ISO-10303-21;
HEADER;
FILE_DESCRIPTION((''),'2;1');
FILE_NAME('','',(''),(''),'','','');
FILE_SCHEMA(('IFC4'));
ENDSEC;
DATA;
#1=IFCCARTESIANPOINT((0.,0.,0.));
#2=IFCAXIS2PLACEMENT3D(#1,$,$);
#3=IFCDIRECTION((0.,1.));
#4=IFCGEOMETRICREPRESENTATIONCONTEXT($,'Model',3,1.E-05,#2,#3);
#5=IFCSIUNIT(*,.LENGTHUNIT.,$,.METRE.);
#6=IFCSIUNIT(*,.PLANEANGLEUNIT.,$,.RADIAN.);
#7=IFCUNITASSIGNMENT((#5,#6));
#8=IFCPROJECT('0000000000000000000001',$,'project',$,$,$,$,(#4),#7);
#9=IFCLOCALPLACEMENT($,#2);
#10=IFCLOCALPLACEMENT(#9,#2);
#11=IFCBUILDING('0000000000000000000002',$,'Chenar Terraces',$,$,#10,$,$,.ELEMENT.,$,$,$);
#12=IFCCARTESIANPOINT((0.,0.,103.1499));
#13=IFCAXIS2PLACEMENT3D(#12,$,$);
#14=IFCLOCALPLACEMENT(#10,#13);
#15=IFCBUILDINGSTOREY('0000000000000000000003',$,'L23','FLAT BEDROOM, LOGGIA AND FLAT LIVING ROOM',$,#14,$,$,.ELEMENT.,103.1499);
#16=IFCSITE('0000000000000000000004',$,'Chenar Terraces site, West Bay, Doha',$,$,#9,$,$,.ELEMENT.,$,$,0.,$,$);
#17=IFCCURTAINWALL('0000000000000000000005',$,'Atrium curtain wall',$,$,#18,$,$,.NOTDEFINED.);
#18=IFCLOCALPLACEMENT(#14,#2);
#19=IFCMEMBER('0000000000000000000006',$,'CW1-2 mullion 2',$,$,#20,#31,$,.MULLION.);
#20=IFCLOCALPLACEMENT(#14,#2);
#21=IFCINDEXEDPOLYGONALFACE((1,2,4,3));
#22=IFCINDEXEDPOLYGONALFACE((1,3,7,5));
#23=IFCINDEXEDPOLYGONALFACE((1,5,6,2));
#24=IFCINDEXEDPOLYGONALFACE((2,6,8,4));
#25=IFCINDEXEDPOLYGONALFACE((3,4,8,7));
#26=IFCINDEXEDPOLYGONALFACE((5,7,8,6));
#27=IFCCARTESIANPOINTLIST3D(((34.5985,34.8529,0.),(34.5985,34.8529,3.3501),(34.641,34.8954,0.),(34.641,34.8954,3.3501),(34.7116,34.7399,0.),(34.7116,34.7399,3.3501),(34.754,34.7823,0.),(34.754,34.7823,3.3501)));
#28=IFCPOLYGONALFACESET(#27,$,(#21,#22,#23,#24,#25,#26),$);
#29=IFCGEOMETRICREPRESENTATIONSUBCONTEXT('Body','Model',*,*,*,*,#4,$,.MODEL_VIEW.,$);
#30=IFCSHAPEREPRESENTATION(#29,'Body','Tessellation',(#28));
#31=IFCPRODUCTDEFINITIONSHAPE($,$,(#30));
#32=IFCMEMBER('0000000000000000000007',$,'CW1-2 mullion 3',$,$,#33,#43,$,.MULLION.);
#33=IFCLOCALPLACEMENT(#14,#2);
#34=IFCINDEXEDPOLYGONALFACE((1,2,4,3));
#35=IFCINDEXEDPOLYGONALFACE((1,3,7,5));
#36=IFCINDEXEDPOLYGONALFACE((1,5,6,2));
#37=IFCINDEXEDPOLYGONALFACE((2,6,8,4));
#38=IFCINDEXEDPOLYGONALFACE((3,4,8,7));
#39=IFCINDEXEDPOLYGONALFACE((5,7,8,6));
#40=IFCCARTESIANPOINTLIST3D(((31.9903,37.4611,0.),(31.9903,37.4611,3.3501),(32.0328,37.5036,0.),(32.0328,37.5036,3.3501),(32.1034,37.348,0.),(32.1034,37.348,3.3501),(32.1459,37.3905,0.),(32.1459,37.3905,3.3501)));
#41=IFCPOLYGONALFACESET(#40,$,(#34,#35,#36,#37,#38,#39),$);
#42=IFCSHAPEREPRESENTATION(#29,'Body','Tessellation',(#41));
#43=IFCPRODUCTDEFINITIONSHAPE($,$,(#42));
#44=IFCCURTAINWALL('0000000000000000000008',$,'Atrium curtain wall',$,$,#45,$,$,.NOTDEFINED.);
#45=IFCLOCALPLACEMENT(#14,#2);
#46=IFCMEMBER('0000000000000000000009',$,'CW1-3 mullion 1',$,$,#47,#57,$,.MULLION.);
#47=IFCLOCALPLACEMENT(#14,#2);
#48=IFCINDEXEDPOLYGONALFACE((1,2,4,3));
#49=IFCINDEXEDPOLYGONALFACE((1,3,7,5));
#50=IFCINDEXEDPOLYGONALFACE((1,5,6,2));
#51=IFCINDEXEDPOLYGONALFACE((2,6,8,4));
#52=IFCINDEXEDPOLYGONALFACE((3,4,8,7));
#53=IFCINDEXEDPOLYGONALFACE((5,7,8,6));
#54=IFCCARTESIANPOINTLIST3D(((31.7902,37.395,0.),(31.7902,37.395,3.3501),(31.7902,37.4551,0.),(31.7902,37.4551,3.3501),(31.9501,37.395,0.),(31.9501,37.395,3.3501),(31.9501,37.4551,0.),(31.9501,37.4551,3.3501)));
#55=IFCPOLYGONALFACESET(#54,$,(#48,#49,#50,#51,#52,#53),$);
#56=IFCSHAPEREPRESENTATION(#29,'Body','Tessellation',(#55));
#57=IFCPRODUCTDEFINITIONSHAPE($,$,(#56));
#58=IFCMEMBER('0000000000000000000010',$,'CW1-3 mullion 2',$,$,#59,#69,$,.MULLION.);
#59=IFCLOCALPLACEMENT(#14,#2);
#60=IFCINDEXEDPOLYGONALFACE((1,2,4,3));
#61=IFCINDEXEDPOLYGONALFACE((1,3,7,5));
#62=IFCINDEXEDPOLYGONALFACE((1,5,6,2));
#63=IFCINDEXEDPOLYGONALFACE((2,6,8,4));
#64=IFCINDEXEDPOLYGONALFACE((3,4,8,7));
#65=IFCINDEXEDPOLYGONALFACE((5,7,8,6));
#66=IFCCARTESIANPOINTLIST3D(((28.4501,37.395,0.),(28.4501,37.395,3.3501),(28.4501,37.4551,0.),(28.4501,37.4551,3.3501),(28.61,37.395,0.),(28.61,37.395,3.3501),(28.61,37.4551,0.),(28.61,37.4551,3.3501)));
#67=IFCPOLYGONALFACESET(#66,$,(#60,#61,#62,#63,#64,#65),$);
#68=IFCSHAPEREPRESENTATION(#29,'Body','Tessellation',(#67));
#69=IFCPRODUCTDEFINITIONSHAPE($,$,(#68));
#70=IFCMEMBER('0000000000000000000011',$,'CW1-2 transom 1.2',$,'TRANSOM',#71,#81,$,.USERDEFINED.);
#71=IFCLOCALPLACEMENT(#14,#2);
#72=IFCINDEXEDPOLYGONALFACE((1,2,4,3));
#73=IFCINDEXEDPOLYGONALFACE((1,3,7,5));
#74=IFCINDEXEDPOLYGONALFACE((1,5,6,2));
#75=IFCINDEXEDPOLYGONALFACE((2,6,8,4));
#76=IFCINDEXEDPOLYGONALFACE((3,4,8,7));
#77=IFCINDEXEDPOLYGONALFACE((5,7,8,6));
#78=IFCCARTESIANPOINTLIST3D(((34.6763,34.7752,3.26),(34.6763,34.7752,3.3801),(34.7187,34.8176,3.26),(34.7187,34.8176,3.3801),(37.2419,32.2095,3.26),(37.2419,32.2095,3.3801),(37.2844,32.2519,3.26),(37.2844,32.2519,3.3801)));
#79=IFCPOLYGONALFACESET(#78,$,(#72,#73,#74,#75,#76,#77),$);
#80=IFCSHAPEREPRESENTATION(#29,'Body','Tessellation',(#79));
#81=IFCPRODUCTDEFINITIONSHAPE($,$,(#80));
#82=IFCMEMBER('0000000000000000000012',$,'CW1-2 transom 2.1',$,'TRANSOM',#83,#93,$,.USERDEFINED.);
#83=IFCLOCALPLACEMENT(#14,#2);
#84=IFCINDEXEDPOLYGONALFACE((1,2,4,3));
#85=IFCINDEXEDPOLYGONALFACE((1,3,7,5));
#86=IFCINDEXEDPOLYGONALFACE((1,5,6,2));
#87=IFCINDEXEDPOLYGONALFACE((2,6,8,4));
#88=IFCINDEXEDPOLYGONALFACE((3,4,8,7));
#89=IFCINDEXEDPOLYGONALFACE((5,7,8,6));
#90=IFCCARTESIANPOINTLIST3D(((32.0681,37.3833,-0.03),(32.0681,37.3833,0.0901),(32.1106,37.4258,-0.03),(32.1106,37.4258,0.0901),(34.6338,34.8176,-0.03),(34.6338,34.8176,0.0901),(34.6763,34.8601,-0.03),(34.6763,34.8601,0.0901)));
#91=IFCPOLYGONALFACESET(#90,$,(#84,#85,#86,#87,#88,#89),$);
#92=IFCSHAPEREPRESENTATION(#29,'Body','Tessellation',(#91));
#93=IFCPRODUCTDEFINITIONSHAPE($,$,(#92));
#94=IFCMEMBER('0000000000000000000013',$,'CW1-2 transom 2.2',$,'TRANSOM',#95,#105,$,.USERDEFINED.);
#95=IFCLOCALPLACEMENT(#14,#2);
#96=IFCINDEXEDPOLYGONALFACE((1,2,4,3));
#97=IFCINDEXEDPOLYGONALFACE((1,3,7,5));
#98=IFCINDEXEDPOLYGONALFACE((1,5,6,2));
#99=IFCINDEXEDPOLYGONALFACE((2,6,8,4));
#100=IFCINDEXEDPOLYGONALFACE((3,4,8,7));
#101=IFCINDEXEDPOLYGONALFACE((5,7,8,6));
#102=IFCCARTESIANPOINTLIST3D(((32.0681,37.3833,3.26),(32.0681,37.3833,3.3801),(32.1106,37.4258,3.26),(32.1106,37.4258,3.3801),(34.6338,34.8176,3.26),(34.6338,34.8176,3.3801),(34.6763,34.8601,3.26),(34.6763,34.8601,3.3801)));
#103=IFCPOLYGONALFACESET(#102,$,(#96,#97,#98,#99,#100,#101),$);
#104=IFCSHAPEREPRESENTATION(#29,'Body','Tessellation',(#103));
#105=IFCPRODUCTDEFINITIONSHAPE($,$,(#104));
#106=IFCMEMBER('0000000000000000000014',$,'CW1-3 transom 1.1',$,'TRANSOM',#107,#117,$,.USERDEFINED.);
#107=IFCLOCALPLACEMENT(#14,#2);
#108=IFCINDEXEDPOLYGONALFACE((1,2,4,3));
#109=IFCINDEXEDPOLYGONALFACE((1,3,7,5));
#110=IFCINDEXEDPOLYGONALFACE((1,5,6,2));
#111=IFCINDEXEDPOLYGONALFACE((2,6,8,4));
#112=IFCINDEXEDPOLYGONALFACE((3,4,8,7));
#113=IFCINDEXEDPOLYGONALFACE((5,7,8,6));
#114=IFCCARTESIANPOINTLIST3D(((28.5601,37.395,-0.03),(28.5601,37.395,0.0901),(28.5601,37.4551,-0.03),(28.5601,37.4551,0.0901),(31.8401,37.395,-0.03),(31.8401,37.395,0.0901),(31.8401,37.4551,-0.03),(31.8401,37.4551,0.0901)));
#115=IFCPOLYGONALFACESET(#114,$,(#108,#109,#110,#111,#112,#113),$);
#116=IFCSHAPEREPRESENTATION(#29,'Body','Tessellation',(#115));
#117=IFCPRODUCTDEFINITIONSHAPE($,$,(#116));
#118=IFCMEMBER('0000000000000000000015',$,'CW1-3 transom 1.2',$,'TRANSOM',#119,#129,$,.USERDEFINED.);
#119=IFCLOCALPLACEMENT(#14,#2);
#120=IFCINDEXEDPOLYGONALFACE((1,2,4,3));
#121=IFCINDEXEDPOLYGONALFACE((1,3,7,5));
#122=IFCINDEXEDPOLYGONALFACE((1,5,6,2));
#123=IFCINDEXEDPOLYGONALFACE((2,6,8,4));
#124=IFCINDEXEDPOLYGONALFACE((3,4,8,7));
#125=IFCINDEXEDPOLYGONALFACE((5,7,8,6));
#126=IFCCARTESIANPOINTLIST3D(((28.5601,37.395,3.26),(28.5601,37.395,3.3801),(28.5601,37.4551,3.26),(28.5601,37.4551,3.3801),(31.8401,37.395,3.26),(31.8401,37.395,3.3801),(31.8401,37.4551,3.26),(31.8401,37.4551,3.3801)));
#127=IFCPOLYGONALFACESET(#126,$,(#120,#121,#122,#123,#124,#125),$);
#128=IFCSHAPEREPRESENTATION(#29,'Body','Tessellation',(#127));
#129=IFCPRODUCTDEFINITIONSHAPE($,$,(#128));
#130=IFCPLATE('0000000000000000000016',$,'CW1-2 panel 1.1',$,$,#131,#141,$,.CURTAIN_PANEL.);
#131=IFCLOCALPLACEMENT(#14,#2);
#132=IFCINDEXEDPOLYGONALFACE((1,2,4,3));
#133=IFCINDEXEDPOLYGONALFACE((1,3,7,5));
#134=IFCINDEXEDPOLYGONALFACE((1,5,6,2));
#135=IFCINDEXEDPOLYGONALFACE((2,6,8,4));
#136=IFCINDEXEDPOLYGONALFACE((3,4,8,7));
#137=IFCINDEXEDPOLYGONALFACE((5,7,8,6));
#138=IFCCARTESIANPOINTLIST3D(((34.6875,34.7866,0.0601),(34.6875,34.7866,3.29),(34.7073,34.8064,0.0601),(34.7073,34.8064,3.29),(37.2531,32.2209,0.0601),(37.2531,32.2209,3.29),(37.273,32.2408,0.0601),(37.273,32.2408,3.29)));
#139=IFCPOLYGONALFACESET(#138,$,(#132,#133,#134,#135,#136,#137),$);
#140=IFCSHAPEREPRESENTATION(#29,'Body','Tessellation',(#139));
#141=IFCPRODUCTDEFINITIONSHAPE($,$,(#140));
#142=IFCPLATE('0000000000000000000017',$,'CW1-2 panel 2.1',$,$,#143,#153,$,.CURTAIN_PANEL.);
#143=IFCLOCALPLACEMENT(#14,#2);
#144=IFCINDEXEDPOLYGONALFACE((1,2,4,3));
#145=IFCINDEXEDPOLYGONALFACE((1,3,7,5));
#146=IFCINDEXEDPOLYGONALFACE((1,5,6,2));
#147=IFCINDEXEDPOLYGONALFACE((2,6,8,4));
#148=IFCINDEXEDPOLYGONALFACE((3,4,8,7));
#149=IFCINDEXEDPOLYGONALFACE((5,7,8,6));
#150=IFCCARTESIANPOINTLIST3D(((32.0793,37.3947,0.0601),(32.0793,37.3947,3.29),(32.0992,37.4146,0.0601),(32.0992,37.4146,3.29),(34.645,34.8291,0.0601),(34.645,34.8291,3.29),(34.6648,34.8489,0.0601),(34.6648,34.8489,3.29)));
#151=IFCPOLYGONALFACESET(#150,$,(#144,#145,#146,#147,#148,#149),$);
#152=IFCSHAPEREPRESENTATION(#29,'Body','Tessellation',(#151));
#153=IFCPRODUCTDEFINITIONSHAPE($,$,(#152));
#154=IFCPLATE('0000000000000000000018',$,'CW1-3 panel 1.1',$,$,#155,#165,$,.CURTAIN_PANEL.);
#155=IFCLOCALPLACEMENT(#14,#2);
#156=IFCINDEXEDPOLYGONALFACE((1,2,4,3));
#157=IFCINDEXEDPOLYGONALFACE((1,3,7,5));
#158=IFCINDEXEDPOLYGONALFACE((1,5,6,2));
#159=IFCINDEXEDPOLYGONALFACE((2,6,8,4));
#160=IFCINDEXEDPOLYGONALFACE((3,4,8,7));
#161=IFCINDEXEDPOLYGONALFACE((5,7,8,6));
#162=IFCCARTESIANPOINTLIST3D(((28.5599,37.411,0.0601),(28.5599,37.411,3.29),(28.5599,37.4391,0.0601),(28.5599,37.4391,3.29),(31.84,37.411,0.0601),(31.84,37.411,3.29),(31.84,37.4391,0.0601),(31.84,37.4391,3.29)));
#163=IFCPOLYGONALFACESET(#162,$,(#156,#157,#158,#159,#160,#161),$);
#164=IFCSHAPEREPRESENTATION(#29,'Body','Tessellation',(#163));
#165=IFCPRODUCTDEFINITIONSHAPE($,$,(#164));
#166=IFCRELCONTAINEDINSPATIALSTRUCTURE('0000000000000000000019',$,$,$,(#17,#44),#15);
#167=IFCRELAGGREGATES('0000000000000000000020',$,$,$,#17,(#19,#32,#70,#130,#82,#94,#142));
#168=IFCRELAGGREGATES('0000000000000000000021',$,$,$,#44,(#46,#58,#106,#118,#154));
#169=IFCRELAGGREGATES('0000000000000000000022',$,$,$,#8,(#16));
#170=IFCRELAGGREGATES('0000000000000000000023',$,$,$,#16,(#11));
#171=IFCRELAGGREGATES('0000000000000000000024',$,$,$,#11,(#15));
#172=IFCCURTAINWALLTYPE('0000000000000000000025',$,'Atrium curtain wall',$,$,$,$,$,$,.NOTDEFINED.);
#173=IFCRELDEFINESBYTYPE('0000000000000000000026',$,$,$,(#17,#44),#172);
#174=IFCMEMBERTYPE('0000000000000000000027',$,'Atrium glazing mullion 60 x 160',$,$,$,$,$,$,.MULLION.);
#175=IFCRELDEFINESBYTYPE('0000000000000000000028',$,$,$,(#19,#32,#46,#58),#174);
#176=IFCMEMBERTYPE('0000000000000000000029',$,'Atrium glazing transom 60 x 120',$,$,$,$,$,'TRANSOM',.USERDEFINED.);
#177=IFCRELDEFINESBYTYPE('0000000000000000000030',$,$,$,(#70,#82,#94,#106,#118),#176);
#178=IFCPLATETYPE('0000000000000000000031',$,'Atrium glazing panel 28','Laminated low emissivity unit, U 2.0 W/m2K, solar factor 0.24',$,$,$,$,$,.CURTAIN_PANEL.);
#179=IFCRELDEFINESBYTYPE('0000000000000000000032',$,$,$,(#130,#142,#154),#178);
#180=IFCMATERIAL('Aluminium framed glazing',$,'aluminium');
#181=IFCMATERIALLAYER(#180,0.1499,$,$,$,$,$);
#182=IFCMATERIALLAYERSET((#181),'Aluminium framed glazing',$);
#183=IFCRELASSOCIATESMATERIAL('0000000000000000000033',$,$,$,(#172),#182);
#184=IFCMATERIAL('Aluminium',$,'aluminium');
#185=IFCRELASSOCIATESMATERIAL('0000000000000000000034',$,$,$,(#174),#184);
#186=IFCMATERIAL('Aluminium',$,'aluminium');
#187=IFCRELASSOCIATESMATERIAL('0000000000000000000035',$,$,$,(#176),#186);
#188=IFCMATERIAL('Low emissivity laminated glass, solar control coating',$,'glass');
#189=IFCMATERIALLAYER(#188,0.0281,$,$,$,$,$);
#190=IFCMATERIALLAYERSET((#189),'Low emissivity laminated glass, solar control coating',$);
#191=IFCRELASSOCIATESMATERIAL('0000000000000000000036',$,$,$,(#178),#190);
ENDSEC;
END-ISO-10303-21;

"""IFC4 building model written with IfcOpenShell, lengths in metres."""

from ifc_helpers import new_model, si_unit, direction, frame, origin, origin_2d, place, context, subcontext, project, spatial, rectangle, extrude, material, layer, layer_set, material_profile, profile_set, type_object, element, aggregate, save


model = new_model("IFC4")

# Units and contexts
model_context = context("Model", 3, precision=1e-05, world=origin(), true_north=direction((0.0, 1.0)))
body_context = subcontext(model_context, "Body", "Model", "MODEL_VIEW")
ifc_project = project(units=[si_unit("LENGTHUNIT", "METRE"), si_unit("PLANEANGLEUNIT", "RADIAN")], contexts=[model_context])

# Site, building, storey
site_placement = place(None, origin())
site = spatial("IfcSite", under=ifc_project, at=site_placement, Name="Chenar Terraces site, West Bay, Doha", CompositionType="ELEMENT", RefElevation=0.0)
building_placement = place(site_placement, origin())
building = spatial("IfcBuilding", under=site, at=building_placement, Name="Chenar Terraces", CompositionType="ELEMENT")
storey_placement = place(building_placement, frame((0.0, 0.0, 103.1499)))
storey = spatial("IfcBuildingStorey", under=building, at=storey_placement, Name="L23", Description="FLAT BEDROOM, LOGGIA AND FLAT LIVING ROOM", CompositionType="ELEMENT", Elevation=103.1499)

# Curtain walls, members
ifc_material_1 = material(Name="Aluminium framed glazing", Category="aluminium")
ifc_layer_1 = layer(ifc_material_1, 0.1499)
ifc_layer_set_1 = layer_set([ifc_layer_1], Name="Aluminium framed glazing")
curtain_wall_type = type_object("IfcCurtainWallType", Name="Atrium curtain wall", PredefinedType="NOTDEFINED", material=ifc_layer_set_1)
placement = place(storey_placement, origin())
curtain_wall_1 = element("IfcCurtainWall", 1, at=placement, inside=storey, type_object=curtain_wall_type, Name="Atrium curtain wall", PredefinedType="NOTDEFINED")
ifc_material_2 = material(Name="Aluminium", Category="aluminium")
ifc_material_profile_1 = material_profile(ifc_material_2, rectangle(XDim=0.0601, YDim=0.1599, at=origin_2d()), Name="Atrium glazing mullion 60 x 160")
ifc_profile_set_1 = profile_set([ifc_material_profile_1], Name="Aluminium")
member_type_1 = type_object("IfcMemberType", Name="Atrium glazing mullion 60 x 160", PredefinedType="MULLION", material=ifc_profile_set_1)
member_1_placement = place(storey_placement, frame((34.6763, 34.8176, 0.0), z_axis=(0.0, 0.0, 1.0), x_axis=(-0.707107, -0.707107, 0.0)))
member_1 = element("IfcMember", 2, at=member_1_placement, type_object=member_type_1, Name="CW1-2 mullion 2", PredefinedType="MULLION", context=body_context, shape_type="SweptSolid", body=[
    extrude(rectangle(XDim=0.0601, YDim=0.1599, at=origin_2d()), origin(), (0.0, 0.0, 1.0), 3.3501),
])
member_2_placement = place(storey_placement, frame((32.0681, 37.4258, 0.0), z_axis=(0.0, 0.0, 1.0), x_axis=(-0.707107, -0.707107, 0.0)))
member_2 = element("IfcMember", 3, at=member_2_placement, type_object=member_type_1, Name="CW1-2 mullion 3", PredefinedType="MULLION", context=body_context, shape_type="SweptSolid", body=[
    extrude(rectangle(XDim=0.0601, YDim=0.1599, at=origin_2d()), origin(), (0.0, 0.0, 1.0), 3.3501),
])
curtain_wall_2 = element("IfcCurtainWall", 4, at=placement, inside=storey, type_object=curtain_wall_type, Name="Atrium curtain wall", PredefinedType="NOTDEFINED")
member_3_placement = place(storey_placement, frame((31.8701, 37.425, 0.0), z_axis=(0.0, 0.0, 1.0), x_axis=(0.0, -1.0, 0.0)))
member_3 = element("IfcMember", 5, at=member_3_placement, type_object=member_type_1, Name="CW1-3 mullion 1", PredefinedType="MULLION", context=body_context, shape_type="SweptSolid", body=[
    extrude(rectangle(XDim=0.0601, YDim=0.1599, at=origin_2d()), origin(), (0.0, 0.0, 1.0), 3.3501),
])
member_4_placement = place(storey_placement, frame((28.53, 37.425, 0.0), z_axis=(0.0, 0.0, 1.0), x_axis=(0.0, -1.0, 0.0)))
member_4 = element("IfcMember", 6, at=member_4_placement, type_object=member_type_1, Name="CW1-3 mullion 2", PredefinedType="MULLION", context=body_context, shape_type="SweptSolid", body=[
    extrude(rectangle(XDim=0.0601, YDim=0.1599, at=origin_2d()), origin(), (0.0, 0.0, 1.0), 3.3501),
])

# Members
ifc_material_3 = material(Name="Aluminium", Category="aluminium")
ifc_material_profile_2 = material_profile(ifc_material_3, rectangle(XDim=0.0601, YDim=0.1201, at=origin_2d()), Name="Atrium glazing transom 60 x 120")
ifc_profile_set_2 = profile_set([ifc_material_profile_2], Name="Aluminium")
member_type_2 = type_object("IfcMemberType", Name="Atrium glazing transom 60 x 120", ElementType="TRANSOM", PredefinedType="USERDEFINED", material=ifc_profile_set_2)
member_5_placement = place(storey_placement, frame((37.2632, 32.2307, 3.3201), z_axis=(-0.707107, 0.707107, 0.0), x_axis=(-0.707107, -0.707107, 0.0)))
member_5 = element("IfcMember", 7, at=member_5_placement, type_object=member_type_2, Name="CW1-2 transom 1.2", ObjectType="TRANSOM", PredefinedType="USERDEFINED", context=body_context, shape_type="SweptSolid", body=[
    extrude(rectangle(XDim=0.0601, YDim=0.1201, at=origin_2d()), origin(), (0.0, 0.0, 1.0), 3.6284),
])
member_6_placement = place(storey_placement, frame((34.655, 34.8389, 0.03), z_axis=(-0.707107, 0.707107, 0.0), x_axis=(-0.707107, -0.707107, 0.0)))
member_6 = element("IfcMember", 8, at=member_6_placement, type_object=member_type_2, Name="CW1-2 transom 2.1", ObjectType="TRANSOM", PredefinedType="USERDEFINED", context=body_context, shape_type="SweptSolid", body=[
    extrude(rectangle(XDim=0.0601, YDim=0.1201, at=origin_2d()), origin(), (0.0, 0.0, 1.0), 3.6284),
])
member_7_placement = place(storey_placement, frame((34.655, 34.8389, 3.3201), z_axis=(-0.707107, 0.707107, 0.0), x_axis=(-0.707107, -0.707107, 0.0)))
member_7 = element("IfcMember", 9, at=member_7_placement, type_object=member_type_2, Name="CW1-2 transom 2.2", ObjectType="TRANSOM", PredefinedType="USERDEFINED", context=body_context, shape_type="SweptSolid", body=[
    extrude(rectangle(XDim=0.0601, YDim=0.1201, at=origin_2d()), origin(), (0.0, 0.0, 1.0), 3.6284),
])
member_8_placement = place(storey_placement, frame((31.8401, 37.425, 0.03), z_axis=(-1.0, 0.0, 0.0), x_axis=(0.0, -1.0, 0.0)))
member_8 = element("IfcMember", 10, at=member_8_placement, type_object=member_type_2, Name="CW1-3 transom 1.1", ObjectType="TRANSOM", PredefinedType="USERDEFINED", context=body_context, shape_type="SweptSolid", body=[
    extrude(rectangle(XDim=0.0601, YDim=0.1201, at=origin_2d()), origin(), (0.0, 0.0, 1.0), 3.28),
])
member_9_placement = place(storey_placement, frame((31.8401, 37.425, 3.3201), z_axis=(-1.0, 0.0, 0.0), x_axis=(0.0, -1.0, 0.0)))
member_9 = element("IfcMember", 11, at=member_9_placement, type_object=member_type_2, Name="CW1-3 transom 1.2", ObjectType="TRANSOM", PredefinedType="USERDEFINED", context=body_context, shape_type="SweptSolid", body=[
    extrude(rectangle(XDim=0.0601, YDim=0.1201, at=origin_2d()), origin(), (0.0, 0.0, 1.0), 3.28),
])

# Plates
ifc_material_4 = material(Name="Low emissivity laminated glass, solar control coating", Category="glass")
ifc_layer_2 = layer(ifc_material_4, 0.0281)
ifc_layer_set_2 = layer_set([ifc_layer_2], Name="Low emissivity laminated glass, solar control coating")
plate_type = type_object("IfcPlateType", Name="Atrium glazing panel 28", Description="Laminated low emissivity unit, U 2.0 W/m2K, solar factor 0.24", PredefinedType="CURTAIN_PANEL", material=ifc_layer_set_2)
plate_1_placement = place(storey_placement, frame((35.9802, 33.5137, 0.0601), z_axis=(0.0, 0.0, 1.0), x_axis=(-0.707107, 0.707107, 0.0)))
plate_1 = element("IfcPlate", 12, at=plate_1_placement, type_object=plate_type, Name="CW1-2 panel 1.1", PredefinedType="CURTAIN_PANEL", context=body_context, shape_type="SweptSolid", body=[
    extrude(rectangle(XDim=3.6284, YDim=0.0281, at=origin_2d()), origin(), (0.0, 0.0, 1.0), 3.23),
])
plate_2_placement = place(storey_placement, frame((33.3721, 36.1218, 0.0601), z_axis=(0.0, 0.0, 1.0), x_axis=(-0.707107, 0.707107, 0.0)))
plate_2 = element("IfcPlate", 13, at=plate_2_placement, type_object=plate_type, Name="CW1-2 panel 2.1", PredefinedType="CURTAIN_PANEL", context=body_context, shape_type="SweptSolid", body=[
    extrude(rectangle(XDim=3.6284, YDim=0.0281, at=origin_2d()), origin(), (0.0, 0.0, 1.0), 3.23),
])
aggregate(curtain_wall_1, [member_1, member_2, member_5, plate_1, member_6, member_7, plate_2])
plate_3_placement = place(storey_placement, frame((30.2, 37.425, 0.0601), z_axis=(0.0, 0.0, 1.0), x_axis=(-1.0, 0.0, 0.0)))
plate_3 = element("IfcPlate", 14, at=plate_3_placement, type_object=plate_type, Name="CW1-3 panel 1.1", PredefinedType="CURTAIN_PANEL", context=body_context, shape_type="SweptSolid", body=[
    extrude(rectangle(XDim=3.28, YDim=0.0281, at=origin_2d()), origin(), (0.0, 0.0, 1.0), 3.23),
])
aggregate(curtain_wall_2, [member_3, member_4, member_8, member_9, plate_3])

save(model, "model.ifc")
